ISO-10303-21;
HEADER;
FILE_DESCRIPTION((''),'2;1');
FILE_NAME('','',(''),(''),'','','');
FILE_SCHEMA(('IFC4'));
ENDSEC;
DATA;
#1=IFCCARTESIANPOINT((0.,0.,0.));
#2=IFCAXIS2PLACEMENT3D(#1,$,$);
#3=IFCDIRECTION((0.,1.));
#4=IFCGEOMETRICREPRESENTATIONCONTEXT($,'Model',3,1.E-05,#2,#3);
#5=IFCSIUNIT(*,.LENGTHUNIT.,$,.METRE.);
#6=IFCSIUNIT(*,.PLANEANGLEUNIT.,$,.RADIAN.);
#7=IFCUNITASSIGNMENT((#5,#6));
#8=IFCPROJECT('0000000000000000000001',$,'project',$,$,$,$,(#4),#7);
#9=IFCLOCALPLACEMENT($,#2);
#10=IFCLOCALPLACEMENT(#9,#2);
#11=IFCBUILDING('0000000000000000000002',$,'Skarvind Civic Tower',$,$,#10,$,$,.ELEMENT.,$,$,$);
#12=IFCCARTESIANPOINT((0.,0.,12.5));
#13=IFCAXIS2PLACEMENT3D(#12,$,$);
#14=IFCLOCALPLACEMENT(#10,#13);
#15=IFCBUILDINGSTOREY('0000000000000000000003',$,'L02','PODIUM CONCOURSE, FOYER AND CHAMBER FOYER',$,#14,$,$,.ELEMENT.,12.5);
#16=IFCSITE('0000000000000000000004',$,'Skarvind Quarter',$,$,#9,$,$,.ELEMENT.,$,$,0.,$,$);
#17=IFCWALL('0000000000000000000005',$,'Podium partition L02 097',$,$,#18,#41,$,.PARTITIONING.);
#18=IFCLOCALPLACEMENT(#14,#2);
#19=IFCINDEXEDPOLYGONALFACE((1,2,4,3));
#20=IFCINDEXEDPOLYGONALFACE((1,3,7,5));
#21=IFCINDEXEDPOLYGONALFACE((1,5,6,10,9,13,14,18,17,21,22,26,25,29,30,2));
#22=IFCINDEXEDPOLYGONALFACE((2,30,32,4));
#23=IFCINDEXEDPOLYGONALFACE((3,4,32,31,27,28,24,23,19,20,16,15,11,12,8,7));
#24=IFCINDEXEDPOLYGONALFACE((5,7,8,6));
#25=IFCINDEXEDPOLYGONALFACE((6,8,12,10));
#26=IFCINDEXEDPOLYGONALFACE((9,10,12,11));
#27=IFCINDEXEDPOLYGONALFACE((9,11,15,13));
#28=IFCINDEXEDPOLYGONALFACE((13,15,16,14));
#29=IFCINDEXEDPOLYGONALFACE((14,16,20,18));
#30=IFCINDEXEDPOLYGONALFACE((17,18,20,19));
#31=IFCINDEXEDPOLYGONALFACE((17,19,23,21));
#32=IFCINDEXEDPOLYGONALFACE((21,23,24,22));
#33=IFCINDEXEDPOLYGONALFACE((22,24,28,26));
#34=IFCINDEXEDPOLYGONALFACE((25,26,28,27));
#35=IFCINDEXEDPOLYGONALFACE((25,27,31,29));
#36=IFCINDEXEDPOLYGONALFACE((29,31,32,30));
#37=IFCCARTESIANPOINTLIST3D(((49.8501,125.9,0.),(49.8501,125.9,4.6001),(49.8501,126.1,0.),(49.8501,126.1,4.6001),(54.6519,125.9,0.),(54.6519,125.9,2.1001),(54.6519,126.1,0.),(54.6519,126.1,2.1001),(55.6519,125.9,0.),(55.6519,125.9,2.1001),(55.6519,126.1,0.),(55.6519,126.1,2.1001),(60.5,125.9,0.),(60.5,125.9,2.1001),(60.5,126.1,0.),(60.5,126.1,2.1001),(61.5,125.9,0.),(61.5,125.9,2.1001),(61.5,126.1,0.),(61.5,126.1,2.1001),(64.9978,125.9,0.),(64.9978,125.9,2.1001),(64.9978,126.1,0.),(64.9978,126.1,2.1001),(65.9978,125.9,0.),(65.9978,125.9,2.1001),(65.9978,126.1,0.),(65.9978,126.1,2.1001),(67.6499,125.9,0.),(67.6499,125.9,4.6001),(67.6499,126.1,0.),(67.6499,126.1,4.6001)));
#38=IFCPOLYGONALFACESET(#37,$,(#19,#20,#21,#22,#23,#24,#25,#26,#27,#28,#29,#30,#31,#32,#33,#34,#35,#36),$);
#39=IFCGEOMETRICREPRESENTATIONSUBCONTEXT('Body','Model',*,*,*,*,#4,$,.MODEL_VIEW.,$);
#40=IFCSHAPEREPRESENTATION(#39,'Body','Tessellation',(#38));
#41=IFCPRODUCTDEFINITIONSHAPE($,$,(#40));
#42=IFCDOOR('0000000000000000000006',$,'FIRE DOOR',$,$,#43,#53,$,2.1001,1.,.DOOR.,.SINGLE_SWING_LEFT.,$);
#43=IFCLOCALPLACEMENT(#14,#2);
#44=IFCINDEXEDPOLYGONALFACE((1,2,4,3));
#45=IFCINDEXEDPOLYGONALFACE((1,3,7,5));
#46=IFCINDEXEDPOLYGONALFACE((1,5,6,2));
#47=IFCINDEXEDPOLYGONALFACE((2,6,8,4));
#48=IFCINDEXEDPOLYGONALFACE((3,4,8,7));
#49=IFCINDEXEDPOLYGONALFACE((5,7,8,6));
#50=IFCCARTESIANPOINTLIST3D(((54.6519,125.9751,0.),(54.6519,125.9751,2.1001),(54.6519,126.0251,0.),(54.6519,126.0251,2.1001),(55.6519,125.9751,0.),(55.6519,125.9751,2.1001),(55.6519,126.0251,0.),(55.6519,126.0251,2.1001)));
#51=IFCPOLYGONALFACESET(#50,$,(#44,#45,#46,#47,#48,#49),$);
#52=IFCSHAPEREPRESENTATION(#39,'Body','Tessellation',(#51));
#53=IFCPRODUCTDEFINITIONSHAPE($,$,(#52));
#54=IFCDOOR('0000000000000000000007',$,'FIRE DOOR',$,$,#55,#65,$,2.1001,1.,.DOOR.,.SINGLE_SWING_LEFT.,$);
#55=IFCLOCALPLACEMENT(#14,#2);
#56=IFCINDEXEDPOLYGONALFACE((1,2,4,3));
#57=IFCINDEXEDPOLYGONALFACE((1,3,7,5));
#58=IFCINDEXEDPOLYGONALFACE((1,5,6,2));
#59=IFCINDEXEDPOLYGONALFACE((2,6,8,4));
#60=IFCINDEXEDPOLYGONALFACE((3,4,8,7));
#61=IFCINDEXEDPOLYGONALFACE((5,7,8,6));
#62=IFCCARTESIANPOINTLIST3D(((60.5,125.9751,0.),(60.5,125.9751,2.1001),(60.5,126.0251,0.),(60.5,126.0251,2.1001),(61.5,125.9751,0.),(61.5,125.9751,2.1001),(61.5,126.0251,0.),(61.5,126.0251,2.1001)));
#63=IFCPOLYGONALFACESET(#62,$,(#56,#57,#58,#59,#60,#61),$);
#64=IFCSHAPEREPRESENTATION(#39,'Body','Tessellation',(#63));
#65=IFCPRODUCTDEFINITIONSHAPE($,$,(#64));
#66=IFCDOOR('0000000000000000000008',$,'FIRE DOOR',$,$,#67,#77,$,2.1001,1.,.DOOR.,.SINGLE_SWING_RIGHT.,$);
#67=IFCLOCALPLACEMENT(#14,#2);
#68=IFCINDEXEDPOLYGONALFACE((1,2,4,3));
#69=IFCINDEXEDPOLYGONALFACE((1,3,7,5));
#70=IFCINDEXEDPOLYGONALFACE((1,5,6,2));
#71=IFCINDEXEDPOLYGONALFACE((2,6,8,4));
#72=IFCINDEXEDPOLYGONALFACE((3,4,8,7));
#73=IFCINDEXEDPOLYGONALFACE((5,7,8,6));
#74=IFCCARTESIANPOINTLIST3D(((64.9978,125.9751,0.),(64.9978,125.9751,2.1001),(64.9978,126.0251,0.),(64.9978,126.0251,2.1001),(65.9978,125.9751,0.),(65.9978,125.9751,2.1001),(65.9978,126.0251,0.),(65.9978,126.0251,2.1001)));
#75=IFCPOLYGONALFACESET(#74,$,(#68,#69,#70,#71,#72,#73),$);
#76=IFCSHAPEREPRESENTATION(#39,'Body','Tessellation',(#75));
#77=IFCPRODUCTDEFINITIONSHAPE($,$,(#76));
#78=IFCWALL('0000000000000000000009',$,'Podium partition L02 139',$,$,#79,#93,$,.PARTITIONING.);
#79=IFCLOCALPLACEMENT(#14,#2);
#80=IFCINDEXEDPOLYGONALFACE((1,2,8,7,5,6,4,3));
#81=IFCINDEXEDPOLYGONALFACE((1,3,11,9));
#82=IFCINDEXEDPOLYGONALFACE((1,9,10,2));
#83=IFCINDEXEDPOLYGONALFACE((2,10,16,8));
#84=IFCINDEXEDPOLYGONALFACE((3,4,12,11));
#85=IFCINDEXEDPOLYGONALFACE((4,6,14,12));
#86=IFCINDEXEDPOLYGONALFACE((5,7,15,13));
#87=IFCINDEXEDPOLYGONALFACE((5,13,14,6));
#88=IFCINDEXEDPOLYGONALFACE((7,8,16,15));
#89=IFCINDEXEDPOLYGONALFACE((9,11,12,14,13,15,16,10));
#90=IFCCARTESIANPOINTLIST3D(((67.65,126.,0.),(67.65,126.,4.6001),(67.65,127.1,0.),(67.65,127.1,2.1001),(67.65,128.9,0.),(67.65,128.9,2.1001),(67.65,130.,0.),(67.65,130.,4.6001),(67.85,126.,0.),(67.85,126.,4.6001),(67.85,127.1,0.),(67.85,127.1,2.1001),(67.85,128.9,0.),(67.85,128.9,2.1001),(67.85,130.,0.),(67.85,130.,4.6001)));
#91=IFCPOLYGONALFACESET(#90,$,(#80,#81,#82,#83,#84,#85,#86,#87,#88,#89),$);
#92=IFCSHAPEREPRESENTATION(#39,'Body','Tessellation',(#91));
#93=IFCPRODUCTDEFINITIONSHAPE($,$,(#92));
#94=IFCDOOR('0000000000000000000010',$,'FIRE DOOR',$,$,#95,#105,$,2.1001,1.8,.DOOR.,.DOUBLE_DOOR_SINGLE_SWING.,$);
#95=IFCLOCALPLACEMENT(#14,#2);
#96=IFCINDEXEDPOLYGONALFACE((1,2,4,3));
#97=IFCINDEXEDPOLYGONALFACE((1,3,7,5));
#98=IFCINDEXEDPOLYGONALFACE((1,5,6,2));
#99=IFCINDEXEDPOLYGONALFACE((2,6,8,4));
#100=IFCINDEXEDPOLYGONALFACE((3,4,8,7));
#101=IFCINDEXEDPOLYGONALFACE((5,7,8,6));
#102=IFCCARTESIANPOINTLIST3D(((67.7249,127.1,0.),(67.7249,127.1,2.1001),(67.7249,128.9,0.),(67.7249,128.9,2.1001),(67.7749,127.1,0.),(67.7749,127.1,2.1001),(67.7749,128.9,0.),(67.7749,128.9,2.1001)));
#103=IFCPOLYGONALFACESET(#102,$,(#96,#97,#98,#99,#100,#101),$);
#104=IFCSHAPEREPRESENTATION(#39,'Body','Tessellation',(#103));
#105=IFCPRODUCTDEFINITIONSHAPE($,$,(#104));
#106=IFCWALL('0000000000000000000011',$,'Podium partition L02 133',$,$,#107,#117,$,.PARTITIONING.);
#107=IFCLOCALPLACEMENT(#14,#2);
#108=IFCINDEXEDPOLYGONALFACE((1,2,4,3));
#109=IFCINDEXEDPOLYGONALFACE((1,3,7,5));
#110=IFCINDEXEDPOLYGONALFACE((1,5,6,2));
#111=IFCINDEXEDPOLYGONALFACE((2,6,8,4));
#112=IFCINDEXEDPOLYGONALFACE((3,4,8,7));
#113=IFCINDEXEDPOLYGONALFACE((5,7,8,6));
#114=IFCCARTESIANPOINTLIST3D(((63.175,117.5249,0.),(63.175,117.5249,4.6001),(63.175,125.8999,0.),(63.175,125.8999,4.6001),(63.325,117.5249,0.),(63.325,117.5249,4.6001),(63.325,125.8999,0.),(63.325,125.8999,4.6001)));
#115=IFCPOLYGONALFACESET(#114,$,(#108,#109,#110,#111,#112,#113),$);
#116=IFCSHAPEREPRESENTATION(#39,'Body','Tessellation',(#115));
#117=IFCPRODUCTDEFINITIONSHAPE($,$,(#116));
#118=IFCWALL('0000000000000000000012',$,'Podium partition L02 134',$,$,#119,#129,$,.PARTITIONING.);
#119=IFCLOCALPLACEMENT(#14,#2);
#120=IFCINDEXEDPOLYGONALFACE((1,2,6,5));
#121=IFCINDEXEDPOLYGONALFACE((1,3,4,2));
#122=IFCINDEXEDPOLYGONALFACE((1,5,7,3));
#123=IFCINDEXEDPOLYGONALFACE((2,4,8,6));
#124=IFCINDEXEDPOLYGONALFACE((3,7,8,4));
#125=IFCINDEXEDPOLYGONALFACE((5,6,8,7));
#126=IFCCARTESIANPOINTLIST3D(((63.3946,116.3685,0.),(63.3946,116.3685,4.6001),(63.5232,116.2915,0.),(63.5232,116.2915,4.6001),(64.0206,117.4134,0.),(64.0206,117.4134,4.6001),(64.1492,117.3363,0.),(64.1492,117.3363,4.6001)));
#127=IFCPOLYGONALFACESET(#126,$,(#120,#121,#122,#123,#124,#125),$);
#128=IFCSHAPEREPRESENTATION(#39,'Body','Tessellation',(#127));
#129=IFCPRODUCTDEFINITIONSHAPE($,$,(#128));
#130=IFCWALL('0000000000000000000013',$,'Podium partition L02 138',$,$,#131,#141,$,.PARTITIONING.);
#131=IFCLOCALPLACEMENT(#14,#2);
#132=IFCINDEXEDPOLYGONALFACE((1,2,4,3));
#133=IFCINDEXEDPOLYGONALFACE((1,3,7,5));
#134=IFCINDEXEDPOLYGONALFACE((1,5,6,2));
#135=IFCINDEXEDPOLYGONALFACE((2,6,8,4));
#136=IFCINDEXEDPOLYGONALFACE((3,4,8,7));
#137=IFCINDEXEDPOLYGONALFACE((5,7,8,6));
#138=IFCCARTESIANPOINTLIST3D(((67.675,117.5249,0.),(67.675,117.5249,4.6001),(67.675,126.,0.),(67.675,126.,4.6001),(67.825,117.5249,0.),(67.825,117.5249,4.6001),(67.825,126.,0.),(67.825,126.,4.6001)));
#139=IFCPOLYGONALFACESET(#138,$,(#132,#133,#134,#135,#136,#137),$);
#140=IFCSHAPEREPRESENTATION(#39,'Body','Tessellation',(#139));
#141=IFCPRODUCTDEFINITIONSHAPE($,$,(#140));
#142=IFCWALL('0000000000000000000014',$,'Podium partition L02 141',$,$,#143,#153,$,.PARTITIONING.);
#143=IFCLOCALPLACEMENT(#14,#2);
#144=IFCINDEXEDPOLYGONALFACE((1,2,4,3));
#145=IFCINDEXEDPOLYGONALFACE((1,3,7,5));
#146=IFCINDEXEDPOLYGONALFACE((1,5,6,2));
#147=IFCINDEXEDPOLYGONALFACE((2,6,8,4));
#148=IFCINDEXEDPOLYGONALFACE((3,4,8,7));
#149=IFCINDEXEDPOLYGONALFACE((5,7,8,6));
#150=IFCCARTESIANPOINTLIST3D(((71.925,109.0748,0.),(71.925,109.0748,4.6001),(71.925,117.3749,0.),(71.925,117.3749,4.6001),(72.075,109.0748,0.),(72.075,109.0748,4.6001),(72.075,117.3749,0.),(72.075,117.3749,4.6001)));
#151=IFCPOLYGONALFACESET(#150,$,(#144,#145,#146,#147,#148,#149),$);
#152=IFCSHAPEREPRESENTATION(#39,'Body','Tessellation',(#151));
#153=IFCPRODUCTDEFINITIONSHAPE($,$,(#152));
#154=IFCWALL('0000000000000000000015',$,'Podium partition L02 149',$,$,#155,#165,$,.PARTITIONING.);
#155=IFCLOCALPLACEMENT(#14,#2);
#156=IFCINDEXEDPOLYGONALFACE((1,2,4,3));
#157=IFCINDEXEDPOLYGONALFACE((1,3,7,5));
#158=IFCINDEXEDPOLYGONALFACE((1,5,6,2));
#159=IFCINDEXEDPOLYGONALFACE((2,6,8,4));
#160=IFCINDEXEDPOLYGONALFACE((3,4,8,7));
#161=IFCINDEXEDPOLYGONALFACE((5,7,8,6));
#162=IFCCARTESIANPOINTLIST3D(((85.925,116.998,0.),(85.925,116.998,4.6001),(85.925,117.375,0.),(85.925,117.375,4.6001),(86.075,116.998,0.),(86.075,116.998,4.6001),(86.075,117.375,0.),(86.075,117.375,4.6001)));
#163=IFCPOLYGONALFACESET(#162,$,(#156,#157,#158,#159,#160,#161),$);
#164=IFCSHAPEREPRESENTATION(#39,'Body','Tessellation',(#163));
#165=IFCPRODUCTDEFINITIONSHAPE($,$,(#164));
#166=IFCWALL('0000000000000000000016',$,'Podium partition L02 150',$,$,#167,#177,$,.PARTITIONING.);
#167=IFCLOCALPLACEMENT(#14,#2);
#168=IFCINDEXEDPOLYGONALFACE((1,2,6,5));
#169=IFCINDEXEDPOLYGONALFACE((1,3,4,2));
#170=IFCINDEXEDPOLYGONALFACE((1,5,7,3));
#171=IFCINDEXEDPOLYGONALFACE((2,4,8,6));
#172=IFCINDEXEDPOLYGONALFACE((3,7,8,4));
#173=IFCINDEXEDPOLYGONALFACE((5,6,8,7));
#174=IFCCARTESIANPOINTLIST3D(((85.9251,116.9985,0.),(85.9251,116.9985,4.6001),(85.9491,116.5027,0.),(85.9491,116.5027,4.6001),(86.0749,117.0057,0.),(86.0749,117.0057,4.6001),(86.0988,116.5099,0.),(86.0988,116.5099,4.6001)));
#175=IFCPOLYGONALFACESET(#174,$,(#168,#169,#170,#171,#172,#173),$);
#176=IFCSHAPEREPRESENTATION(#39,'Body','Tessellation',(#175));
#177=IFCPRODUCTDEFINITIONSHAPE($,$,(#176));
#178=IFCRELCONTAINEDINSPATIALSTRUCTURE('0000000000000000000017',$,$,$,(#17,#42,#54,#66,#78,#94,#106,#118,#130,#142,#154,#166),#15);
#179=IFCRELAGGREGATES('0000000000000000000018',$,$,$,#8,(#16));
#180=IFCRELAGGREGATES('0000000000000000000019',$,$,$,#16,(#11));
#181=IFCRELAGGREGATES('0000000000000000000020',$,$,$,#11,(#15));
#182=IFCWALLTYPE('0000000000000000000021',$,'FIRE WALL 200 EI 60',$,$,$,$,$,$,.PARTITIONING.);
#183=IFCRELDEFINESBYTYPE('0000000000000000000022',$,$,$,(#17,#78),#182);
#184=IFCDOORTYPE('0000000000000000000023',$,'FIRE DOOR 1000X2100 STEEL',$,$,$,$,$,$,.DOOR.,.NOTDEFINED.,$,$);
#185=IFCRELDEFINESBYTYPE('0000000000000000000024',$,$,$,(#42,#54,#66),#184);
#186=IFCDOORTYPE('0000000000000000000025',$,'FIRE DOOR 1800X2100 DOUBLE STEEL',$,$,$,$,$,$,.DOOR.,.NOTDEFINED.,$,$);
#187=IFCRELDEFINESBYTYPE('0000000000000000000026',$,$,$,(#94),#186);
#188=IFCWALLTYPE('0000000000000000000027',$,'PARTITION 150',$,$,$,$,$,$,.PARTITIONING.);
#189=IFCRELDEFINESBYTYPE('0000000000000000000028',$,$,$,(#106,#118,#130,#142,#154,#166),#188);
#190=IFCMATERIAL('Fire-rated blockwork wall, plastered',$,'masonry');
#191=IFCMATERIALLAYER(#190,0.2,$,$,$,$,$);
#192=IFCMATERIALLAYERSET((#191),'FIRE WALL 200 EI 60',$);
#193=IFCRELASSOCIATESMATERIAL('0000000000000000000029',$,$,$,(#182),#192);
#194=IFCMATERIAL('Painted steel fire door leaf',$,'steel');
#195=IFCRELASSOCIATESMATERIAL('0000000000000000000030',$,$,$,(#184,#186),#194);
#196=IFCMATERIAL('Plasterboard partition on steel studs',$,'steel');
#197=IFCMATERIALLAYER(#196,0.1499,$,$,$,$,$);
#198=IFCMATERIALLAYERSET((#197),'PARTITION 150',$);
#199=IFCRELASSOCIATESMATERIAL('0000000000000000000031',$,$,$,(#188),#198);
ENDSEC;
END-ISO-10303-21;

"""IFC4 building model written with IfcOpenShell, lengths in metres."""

from ifc_helpers import new_model, si_unit, direction, frame, frame_2d, origin, place, context, subcontext, project, spatial, rectangle, extrude, material, layer, layer_set, type_object, element, fill, save


model = new_model("IFC4")

# Units and contexts
model_context = context("Model", 3, precision=1e-05, world=origin(), true_north=direction((0.0, 1.0)))
body_context = subcontext(model_context, "Body", "Model", "MODEL_VIEW")
ifc_project = project(units=[si_unit("LENGTHUNIT", "METRE"), si_unit("PLANEANGLEUNIT", "RADIAN")], contexts=[model_context])

# Site, building, storey
site_placement = place(None, origin())
site = spatial("IfcSite", under=ifc_project, at=site_placement, Name="Skarvind Quarter", CompositionType="ELEMENT", RefElevation=0.0)
building_placement = place(site_placement, origin())
building = spatial("IfcBuilding", under=site, at=building_placement, Name="Skarvind Civic Tower", CompositionType="ELEMENT")
storey_placement = place(building_placement, frame((0.0, 0.0, 12.5)))
storey = spatial("IfcBuildingStorey", under=building, at=storey_placement, Name="L02", Description="PODIUM CONCOURSE, FOYER AND CHAMBER FOYER", CompositionType="ELEMENT", Elevation=12.5)

# Wall, openings, doors
ifc_material_1 = material(Name="Fire-rated blockwork wall, plastered", Category="masonry")
ifc_layer_1 = layer(ifc_material_1, 0.2)
ifc_layer_set_1 = layer_set([ifc_layer_1], Name="FIRE WALL 200 EI 60")
wall_type_1 = type_object("IfcWallType", Name="FIRE WALL 200 EI 60", PredefinedType="PARTITIONING", material=ifc_layer_set_1)
wall_1_placement = place(storey_placement, frame((67.6499, 126.0, 0.0), z_axis=(0.0, 0.0, 1.0), x_axis=(-1.0, 0.0, 0.0)))
wall_1 = element("IfcWall", 1, at=wall_1_placement, inside=storey, type_object=wall_type_1, Name="Podium partition L02 097", PredefinedType="PARTITIONING", context=body_context, shape_type="SweptSolid", body=[
    extrude(rectangle(XDim=17.7998, YDim=0.2, at=frame_2d((8.8999, 0.0))), origin(), (0.0, 0.0, 1.0), 4.6001),
])
opening_1_placement = place(wall_1_placement, frame((11.998, 0.0, 0.0)))
opening_1 = element("IfcOpeningElement", 2, at=opening_1_placement, cuts=wall_1, PredefinedType="OPENING", context=body_context, shape_type="SweptSolid", body=[
    extrude(rectangle(XDim=1.0, YDim=2.1001, at=frame_2d((0.5, 1.05))), frame((0.0, 0.1099, 0.0), z_axis=(0.0, -1.0, 0.0), x_axis=(1.0, 0.0, 0.0)), (0.0, 0.0, 1.0), 0.22),
])
opening_2_placement = place(wall_1_placement, frame((6.1499, 0.0, 0.0)))
opening_2 = element("IfcOpeningElement", 3, at=opening_2_placement, cuts=wall_1, PredefinedType="OPENING", context=body_context, shape_type="SweptSolid", body=[
    extrude(rectangle(XDim=1.0, YDim=2.1001, at=frame_2d((0.5, 1.05))), frame((0.0, 0.1099, 0.0), z_axis=(0.0, -1.0, 0.0), x_axis=(1.0, 0.0, 0.0)), (0.0, 0.0, 1.0), 0.22),
])
opening_3_placement = place(wall_1_placement, frame((1.6521, 0.0, 0.0)))
opening_3 = element("IfcOpeningElement", 4, at=opening_3_placement, cuts=wall_1, PredefinedType="OPENING", context=body_context, shape_type="SweptSolid", body=[
    extrude(rectangle(XDim=1.0, YDim=2.1001, at=frame_2d((0.5, 1.05))), frame((0.0, 0.1099, 0.0), z_axis=(0.0, -1.0, 0.0), x_axis=(1.0, 0.0, 0.0)), (0.0, 0.0, 1.0), 0.22),
])
ifc_material_2 = material(Name="Painted steel fire door leaf", Category="steel")
door_type_1 = type_object("IfcDoorType", Name="FIRE DOOR 1000X2100 STEEL", OperationType="NOTDEFINED", PredefinedType="DOOR", material=ifc_material_2)
door_1_placement = place(opening_1_placement, origin())
door_1 = element("IfcDoor", 5, at=door_1_placement, inside=storey, type_object=door_type_1, Name="FIRE DOOR", OperationType="SINGLE_SWING_LEFT", OverallHeight=2.1001, OverallWidth=1.0, PredefinedType="DOOR", context=body_context, shape_type="SweptSolid", body=[
    extrude(rectangle(XDim=1.0, YDim=2.1001, at=frame_2d((0.5, 1.05))), frame((0.0, 0.0249, 0.0), z_axis=(0.0, -1.0, 0.0), x_axis=(1.0, 0.0, 0.0)), (0.0, 0.0, 1.0), 0.05),
])
fill(opening_1, door_1)
door_2_placement = place(opening_2_placement, origin())
door_2 = element("IfcDoor", 6, at=door_2_placement, inside=storey, type_object=door_type_1, Name="FIRE DOOR", OperationType="SINGLE_SWING_LEFT", OverallHeight=2.1001, OverallWidth=1.0, PredefinedType="DOOR", context=body_context, shape_type="SweptSolid", body=[
    extrude(rectangle(XDim=1.0, YDim=2.1001, at=frame_2d((0.5, 1.05))), frame((0.0, 0.0249, 0.0), z_axis=(0.0, -1.0, 0.0), x_axis=(1.0, 0.0, 0.0)), (0.0, 0.0, 1.0), 0.05),
])
fill(opening_2, door_2)
door_3_placement = place(opening_3_placement, origin())
door_3 = element("IfcDoor", 7, at=door_3_placement, inside=storey, type_object=door_type_1, Name="FIRE DOOR", OperationType="SINGLE_SWING_RIGHT", OverallHeight=2.1001, OverallWidth=1.0, PredefinedType="DOOR", context=body_context, shape_type="SweptSolid", body=[
    extrude(rectangle(XDim=1.0, YDim=2.1001, at=frame_2d((0.5, 1.05))), frame((0.0, 0.0249, 0.0), z_axis=(0.0, -1.0, 0.0), x_axis=(1.0, 0.0, 0.0)), (0.0, 0.0, 1.0), 0.05),
])
fill(opening_3, door_3)

# Wall, opening, door
wall_2_placement = place(storey_placement, frame((67.75, 130.0, 0.0), z_axis=(0.0, 0.0, 1.0), x_axis=(0.0, -1.0, 0.0)))
wall_2 = element("IfcWall", 8, at=wall_2_placement, inside=storey, type_object=wall_type_1, Name="Podium partition L02 139", PredefinedType="PARTITIONING", context=body_context, shape_type="SweptSolid", body=[
    extrude(rectangle(XDim=4.0, YDim=0.2, at=frame_2d((2.0, 0.0))), origin(), (0.0, 0.0, 1.0), 4.6001),
])
opening_4_placement = place(wall_2_placement, frame((1.1001, 0.0, 0.0)))
opening_4 = element("IfcOpeningElement", 9, at=opening_4_placement, cuts=wall_2, PredefinedType="OPENING", context=body_context, shape_type="SweptSolid", body=[
    extrude(rectangle(XDim=1.8, YDim=2.1001, at=frame_2d((0.8999, 1.05))), frame((0.0, 0.1099, 0.0), z_axis=(0.0, -1.0, 0.0), x_axis=(1.0, 0.0, 0.0)), (0.0, 0.0, 1.0), 0.22),
])
door_type_2 = type_object("IfcDoorType", Name="FIRE DOOR 1800X2100 DOUBLE STEEL", OperationType="NOTDEFINED", PredefinedType="DOOR", material=ifc_material_2)
door_4_placement = place(opening_4_placement, origin())
door_4 = element("IfcDoor", 10, at=door_4_placement, inside=storey, type_object=door_type_2, Name="FIRE DOOR", OperationType="DOUBLE_DOOR_SINGLE_SWING", OverallHeight=2.1001, OverallWidth=1.8, PredefinedType="DOOR", context=body_context, shape_type="SweptSolid", body=[
    extrude(rectangle(XDim=1.8, YDim=2.1001, at=frame_2d((0.8999, 1.05))), frame((0.0, 0.0249, 0.0), z_axis=(0.0, -1.0, 0.0), x_axis=(1.0, 0.0, 0.0)), (0.0, 0.0, 1.0), 0.05),
])
fill(opening_4, door_4)

# Walls
ifc_material_3 = material(Name="Plasterboard partition on steel studs", Category="steel")
ifc_layer_2 = layer(ifc_material_3, 0.1499)
ifc_layer_set_2 = layer_set([ifc_layer_2], Name="PARTITION 150")
wall_type_2 = type_object("IfcWallType", Name="PARTITION 150", PredefinedType="PARTITIONING", material=ifc_layer_set_2)
wall_3_placement = place(storey_placement, frame((63.25, 117.5249, 0.0), z_axis=(0.0, 0.0, 1.0), x_axis=(0.0, 1.0, 0.0)))
element("IfcWall", 11, at=wall_3_placement, inside=storey, type_object=wall_type_2, Name="Podium partition L02 133", PredefinedType="PARTITIONING", context=body_context, shape_type="SweptSolid", body=[
    extrude(rectangle(XDim=8.375, YDim=0.1499, at=frame_2d((4.1875, 0.0))), origin(), (0.0, 0.0, 1.0), 4.6001),
])
wall_4_placement = place(storey_placement, frame((63.459, 116.3301, 0.0), z_axis=(0.0, 0.0, 1.0), x_axis=(0.513906, 0.857846, 0.0)))
element("IfcWall", 12, at=wall_4_placement, inside=storey, type_object=wall_type_2, Name="Podium partition L02 134", PredefinedType="PARTITIONING", context=body_context, shape_type="SweptSolid", body=[
    extrude(rectangle(XDim=1.218, YDim=0.1499, at=frame_2d((0.6089, 0.0))), origin(), (0.0, 0.0, 1.0), 4.6001),
])
wall_5_placement = place(storey_placement, frame((67.75, 117.5249, 0.0), z_axis=(0.0, 0.0, 1.0), x_axis=(0.0, 1.0, 0.0)))
element("IfcWall", 13, at=wall_5_placement, inside=storey, type_object=wall_type_2, Name="Podium partition L02 138", PredefinedType="PARTITIONING", context=body_context, shape_type="SweptSolid", body=[
    extrude(rectangle(XDim=8.4751, YDim=0.1499, at=frame_2d((4.2375, 0.0))), origin(), (0.0, 0.0, 1.0), 4.6001),
])
wall_6_placement = place(storey_placement, frame((72.0, 109.075, 0.0), z_axis=(0.0, 0.0, 1.0), x_axis=(0.0, 1.0, 0.0)))
element("IfcWall", 14, at=wall_6_placement, inside=storey, type_object=wall_type_2, Name="Podium partition L02 141", PredefinedType="PARTITIONING", context=body_context, shape_type="SweptSolid", body=[
    extrude(rectangle(XDim=8.3, YDim=0.1499, at=frame_2d((4.1499, 0.0))), origin(), (0.0, 0.0, 1.0), 4.6001),
])
wall_7_placement = place(storey_placement, frame((86.0, 116.998, 0.0), z_axis=(0.0, 0.0, 1.0), x_axis=(0.0, 1.0, 0.0)))
element("IfcWall", 15, at=wall_7_placement, inside=storey, type_object=wall_type_2, Name="Podium partition L02 149", PredefinedType="PARTITIONING", context=body_context, shape_type="SweptSolid", body=[
    extrude(rectangle(XDim=0.377, YDim=0.1499, at=frame_2d((0.1885, 0.0))), origin(), (0.0, 0.0, 1.0), 4.6001),
])
wall_8_placement = place(storey_placement, frame((86.0, 117.002, 0.0), z_axis=(0.0, 0.0, 1.0), x_axis=(0.048196, -0.998838, 0.0)))
element("IfcWall", 16, at=wall_8_placement, inside=storey, type_object=wall_type_2, Name="Podium partition L02 150", PredefinedType="PARTITIONING", context=body_context, shape_type="SweptSolid", body=[
    extrude(rectangle(XDim=0.4963, YDim=0.1499, at=frame_2d((0.248, 0.0))), origin(), (0.0, 0.0, 1.0), 4.6001),
])

save(model, "model.ifc")
